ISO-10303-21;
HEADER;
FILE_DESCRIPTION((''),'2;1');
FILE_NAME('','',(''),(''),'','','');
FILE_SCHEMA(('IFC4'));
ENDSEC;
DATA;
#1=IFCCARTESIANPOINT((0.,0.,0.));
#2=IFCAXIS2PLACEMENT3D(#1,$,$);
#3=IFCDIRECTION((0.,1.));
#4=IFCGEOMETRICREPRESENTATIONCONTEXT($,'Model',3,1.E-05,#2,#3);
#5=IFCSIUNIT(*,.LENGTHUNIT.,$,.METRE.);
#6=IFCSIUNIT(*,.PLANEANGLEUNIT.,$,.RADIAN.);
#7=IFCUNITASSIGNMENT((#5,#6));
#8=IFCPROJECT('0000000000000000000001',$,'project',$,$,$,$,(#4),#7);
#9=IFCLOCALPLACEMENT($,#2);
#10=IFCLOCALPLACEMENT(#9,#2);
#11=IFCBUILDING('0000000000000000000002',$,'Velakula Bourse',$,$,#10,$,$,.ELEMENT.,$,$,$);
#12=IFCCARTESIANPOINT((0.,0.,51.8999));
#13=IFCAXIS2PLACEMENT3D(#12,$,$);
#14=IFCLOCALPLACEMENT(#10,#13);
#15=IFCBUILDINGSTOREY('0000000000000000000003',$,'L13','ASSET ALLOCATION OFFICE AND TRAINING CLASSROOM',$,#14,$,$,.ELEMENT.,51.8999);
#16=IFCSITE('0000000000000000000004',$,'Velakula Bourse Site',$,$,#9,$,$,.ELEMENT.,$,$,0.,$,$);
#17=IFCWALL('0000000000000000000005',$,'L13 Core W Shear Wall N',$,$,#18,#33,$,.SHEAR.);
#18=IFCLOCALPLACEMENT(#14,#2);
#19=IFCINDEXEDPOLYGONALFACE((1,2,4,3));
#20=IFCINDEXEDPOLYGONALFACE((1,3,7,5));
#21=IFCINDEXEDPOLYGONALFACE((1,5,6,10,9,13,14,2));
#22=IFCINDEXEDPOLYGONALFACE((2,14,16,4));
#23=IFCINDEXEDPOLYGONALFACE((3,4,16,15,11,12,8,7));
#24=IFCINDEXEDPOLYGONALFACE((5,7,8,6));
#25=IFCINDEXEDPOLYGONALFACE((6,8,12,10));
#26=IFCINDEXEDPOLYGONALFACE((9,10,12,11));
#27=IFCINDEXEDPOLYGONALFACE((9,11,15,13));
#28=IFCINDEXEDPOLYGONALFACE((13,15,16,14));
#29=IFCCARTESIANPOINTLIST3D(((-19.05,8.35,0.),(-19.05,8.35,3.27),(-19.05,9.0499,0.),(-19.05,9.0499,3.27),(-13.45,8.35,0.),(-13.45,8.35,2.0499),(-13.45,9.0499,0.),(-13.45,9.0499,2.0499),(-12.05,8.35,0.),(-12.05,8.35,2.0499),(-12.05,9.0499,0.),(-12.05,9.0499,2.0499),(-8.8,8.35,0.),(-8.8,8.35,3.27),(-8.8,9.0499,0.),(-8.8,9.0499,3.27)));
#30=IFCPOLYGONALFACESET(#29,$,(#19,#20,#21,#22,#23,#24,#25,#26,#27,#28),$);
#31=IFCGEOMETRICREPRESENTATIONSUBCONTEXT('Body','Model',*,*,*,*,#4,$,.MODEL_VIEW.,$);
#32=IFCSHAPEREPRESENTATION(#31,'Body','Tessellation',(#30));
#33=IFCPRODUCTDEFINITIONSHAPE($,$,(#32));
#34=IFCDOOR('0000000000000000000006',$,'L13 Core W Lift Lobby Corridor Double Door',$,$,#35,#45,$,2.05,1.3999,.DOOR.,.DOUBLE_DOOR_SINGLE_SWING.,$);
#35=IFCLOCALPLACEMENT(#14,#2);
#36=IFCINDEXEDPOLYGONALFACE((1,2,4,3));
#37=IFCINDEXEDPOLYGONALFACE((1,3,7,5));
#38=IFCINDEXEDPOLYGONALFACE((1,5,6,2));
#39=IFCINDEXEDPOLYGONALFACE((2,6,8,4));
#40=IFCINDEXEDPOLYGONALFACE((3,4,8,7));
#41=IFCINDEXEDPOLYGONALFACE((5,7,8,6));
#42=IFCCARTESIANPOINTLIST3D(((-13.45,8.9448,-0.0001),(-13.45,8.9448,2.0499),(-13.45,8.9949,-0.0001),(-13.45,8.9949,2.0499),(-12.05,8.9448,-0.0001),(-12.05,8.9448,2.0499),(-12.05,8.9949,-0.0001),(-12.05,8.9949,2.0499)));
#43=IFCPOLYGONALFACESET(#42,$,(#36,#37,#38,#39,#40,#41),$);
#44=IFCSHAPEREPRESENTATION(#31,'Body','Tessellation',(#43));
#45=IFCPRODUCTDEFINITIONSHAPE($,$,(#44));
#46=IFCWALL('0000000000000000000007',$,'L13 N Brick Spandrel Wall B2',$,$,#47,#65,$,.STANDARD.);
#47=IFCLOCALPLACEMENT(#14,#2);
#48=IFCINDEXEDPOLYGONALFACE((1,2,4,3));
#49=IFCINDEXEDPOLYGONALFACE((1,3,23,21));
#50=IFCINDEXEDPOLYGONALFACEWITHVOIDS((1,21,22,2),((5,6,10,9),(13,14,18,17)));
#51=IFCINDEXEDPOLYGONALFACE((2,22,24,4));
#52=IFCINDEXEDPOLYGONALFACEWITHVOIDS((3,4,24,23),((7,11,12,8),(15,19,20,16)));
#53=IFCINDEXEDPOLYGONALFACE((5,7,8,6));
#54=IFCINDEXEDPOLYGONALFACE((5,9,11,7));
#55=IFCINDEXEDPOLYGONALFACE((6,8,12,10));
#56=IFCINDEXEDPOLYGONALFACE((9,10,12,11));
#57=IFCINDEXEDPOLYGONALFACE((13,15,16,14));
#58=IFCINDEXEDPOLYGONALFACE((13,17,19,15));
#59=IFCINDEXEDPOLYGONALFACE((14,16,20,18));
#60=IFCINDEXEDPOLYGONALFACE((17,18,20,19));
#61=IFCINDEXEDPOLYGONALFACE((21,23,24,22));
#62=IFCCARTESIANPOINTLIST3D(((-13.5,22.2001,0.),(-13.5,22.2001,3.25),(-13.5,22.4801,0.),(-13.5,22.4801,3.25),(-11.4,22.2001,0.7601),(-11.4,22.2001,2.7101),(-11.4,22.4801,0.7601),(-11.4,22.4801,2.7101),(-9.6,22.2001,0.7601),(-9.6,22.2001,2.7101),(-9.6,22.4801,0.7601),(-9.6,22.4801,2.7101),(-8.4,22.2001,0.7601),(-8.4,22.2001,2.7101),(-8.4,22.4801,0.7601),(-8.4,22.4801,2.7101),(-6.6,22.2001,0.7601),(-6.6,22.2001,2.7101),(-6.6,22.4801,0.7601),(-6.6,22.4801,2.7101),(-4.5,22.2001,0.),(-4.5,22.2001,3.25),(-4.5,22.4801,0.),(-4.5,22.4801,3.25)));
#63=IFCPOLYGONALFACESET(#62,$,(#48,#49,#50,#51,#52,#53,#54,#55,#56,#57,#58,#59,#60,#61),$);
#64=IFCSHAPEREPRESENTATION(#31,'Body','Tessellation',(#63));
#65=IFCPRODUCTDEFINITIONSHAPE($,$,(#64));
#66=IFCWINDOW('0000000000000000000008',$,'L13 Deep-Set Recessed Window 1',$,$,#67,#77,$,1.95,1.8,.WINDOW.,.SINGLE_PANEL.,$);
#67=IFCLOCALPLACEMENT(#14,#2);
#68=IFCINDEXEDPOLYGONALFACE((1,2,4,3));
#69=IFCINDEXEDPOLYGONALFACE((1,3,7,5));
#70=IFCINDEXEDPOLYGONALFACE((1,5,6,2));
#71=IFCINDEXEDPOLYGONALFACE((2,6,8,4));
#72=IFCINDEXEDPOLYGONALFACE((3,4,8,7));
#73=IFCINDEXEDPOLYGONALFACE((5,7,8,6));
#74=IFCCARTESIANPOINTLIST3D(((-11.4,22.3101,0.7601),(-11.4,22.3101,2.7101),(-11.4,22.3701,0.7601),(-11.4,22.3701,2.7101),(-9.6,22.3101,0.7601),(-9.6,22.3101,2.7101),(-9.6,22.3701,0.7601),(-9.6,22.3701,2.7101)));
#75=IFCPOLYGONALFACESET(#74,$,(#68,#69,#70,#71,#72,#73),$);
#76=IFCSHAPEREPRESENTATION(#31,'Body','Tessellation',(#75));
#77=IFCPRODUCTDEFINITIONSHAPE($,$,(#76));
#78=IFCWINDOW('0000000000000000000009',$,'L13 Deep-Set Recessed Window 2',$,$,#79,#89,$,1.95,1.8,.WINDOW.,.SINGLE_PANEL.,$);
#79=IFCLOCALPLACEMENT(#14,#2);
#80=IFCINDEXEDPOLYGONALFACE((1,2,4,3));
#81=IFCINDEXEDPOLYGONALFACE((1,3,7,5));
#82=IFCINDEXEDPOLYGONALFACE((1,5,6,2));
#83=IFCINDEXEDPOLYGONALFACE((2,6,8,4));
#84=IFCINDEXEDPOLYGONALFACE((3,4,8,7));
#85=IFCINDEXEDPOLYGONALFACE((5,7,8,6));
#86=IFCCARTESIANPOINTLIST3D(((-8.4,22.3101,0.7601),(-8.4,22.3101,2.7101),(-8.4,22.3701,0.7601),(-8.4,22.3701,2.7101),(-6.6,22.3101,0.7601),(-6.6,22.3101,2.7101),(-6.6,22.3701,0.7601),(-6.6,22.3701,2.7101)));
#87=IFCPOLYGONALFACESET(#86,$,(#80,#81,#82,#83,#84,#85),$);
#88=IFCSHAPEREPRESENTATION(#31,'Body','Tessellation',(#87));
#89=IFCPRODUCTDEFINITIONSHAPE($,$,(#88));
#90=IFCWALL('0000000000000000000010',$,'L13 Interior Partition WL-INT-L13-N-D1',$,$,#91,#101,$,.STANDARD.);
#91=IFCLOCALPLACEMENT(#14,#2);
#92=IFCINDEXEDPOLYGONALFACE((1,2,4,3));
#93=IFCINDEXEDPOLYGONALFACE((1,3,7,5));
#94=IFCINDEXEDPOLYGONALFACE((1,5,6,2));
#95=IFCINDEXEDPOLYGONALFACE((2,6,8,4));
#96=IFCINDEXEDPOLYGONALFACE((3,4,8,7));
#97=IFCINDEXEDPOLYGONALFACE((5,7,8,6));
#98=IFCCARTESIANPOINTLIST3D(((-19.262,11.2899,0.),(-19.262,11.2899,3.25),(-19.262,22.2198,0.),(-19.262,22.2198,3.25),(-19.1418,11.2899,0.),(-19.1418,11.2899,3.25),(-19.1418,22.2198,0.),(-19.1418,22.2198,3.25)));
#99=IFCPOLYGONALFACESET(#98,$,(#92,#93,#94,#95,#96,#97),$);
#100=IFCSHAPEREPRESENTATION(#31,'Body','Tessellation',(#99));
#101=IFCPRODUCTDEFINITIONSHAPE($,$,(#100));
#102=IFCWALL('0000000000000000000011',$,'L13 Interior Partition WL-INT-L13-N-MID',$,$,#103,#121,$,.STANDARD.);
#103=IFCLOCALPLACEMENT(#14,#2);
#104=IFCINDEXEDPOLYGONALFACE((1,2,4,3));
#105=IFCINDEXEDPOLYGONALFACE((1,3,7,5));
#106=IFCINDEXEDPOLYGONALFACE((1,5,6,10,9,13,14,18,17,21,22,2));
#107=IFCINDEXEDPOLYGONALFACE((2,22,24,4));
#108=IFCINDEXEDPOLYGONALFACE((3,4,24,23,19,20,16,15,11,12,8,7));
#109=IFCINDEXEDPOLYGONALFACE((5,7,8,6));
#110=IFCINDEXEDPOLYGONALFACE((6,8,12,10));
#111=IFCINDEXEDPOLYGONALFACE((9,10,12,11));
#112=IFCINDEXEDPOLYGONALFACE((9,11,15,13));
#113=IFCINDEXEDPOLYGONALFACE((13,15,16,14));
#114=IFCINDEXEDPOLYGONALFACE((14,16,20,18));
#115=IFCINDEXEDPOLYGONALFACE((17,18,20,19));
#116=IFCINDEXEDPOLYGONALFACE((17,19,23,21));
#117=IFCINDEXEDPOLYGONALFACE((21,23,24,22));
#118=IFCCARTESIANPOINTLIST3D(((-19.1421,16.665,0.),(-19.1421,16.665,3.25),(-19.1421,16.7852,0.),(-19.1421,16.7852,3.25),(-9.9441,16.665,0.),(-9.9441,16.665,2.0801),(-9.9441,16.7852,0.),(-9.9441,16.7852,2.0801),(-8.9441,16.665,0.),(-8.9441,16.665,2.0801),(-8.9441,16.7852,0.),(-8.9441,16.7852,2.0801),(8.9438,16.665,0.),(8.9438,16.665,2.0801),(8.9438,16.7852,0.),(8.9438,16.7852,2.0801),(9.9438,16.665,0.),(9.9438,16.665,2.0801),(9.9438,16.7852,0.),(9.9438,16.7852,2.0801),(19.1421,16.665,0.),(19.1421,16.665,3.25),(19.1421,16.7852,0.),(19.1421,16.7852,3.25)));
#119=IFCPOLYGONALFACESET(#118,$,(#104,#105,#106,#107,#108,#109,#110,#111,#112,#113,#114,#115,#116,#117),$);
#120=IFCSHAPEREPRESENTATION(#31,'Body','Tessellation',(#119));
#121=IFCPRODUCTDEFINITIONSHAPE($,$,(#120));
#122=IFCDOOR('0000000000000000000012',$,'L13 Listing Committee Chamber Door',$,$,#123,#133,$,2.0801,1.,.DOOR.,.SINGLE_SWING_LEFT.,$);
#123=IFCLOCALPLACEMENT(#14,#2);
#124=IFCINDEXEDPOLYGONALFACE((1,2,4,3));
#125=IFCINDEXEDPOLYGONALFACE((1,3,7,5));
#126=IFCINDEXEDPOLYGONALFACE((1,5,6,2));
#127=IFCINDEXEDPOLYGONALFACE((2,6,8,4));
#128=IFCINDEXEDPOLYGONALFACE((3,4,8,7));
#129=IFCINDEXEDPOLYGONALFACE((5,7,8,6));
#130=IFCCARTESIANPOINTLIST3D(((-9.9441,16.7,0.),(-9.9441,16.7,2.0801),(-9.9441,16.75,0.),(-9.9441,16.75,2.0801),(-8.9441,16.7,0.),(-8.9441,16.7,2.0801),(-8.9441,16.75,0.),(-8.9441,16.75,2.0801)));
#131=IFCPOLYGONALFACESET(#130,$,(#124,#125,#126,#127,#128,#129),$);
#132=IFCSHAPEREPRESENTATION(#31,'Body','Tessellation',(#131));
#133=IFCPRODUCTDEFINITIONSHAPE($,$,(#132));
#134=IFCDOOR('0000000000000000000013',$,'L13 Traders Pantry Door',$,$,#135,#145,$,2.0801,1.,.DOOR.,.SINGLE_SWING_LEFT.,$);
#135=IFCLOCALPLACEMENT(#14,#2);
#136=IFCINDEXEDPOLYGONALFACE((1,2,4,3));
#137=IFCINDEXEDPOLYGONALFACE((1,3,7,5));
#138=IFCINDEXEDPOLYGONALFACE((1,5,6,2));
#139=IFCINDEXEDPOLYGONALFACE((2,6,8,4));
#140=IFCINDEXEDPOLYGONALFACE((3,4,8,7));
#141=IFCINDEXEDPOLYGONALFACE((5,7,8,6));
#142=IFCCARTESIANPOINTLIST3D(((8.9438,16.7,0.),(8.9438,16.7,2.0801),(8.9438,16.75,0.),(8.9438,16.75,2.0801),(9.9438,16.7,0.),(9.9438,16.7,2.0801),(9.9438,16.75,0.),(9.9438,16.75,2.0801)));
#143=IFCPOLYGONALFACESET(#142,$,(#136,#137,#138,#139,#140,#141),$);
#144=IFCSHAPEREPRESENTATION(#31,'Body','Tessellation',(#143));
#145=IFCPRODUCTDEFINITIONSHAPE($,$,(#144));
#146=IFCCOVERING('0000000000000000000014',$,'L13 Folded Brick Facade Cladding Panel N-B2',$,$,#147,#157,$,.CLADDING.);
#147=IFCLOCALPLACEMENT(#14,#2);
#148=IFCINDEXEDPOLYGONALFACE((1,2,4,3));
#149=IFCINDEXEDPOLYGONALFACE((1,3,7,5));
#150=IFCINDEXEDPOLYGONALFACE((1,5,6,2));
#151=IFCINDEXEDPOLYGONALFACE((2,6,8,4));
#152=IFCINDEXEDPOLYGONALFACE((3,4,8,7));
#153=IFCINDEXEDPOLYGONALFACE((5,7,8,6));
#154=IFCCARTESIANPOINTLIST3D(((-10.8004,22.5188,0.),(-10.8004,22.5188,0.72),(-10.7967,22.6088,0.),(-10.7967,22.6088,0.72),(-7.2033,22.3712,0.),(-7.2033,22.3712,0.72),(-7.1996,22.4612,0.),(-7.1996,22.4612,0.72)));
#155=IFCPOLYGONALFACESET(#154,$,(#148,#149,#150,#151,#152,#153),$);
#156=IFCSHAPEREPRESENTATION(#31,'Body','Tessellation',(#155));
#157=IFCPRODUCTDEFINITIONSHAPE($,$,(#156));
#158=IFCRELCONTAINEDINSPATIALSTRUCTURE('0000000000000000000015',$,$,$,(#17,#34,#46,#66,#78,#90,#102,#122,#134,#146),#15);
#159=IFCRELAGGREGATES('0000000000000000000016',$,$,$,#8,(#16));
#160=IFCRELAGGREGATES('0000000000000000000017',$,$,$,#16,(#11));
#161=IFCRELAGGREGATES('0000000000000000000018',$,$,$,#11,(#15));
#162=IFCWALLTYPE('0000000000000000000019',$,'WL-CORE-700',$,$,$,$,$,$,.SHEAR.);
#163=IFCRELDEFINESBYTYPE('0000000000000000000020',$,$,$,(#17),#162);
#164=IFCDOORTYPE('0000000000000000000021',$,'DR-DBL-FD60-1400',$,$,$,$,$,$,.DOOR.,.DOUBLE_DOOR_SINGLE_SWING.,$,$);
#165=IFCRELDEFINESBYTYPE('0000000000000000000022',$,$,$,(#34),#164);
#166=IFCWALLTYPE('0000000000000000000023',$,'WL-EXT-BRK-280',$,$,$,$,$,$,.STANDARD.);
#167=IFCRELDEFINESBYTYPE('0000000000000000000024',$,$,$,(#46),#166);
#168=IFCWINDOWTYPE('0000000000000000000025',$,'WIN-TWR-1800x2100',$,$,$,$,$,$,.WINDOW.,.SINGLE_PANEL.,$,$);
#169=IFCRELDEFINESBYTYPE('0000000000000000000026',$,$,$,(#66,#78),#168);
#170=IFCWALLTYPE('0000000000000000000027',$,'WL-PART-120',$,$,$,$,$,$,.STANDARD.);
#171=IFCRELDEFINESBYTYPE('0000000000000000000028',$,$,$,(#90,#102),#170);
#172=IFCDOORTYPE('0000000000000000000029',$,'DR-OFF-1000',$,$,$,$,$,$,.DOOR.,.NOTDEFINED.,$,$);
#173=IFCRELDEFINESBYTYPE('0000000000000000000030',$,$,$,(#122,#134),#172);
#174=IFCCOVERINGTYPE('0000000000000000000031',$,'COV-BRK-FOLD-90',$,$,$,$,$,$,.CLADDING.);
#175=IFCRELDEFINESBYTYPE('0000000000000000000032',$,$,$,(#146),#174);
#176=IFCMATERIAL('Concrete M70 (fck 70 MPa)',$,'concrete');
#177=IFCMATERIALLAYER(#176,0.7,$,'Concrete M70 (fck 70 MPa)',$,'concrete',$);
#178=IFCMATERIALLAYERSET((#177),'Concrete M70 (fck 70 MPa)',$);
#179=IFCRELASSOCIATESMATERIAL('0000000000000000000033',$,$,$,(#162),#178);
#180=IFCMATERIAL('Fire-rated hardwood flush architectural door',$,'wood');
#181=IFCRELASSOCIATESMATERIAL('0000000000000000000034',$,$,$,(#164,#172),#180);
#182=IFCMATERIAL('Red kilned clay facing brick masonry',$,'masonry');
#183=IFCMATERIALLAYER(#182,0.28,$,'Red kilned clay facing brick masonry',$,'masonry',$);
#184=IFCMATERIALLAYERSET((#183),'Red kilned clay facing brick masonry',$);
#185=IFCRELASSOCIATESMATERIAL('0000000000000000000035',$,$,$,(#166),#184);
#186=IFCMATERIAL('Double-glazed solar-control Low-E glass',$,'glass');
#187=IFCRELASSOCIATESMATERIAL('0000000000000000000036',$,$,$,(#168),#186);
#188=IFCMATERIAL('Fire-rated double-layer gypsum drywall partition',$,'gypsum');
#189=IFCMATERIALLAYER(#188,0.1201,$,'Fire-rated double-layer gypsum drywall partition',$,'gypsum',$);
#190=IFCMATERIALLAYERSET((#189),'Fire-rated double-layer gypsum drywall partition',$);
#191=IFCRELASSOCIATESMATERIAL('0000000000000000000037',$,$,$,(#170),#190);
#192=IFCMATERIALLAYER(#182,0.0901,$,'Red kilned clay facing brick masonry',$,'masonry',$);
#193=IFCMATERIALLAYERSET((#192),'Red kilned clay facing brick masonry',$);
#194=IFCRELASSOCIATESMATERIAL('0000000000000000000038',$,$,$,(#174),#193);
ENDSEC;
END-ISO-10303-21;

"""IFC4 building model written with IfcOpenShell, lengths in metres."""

from ifc_helpers import new_model, si_unit, direction, frame, frame_2d, origin, origin_2d, place, context, subcontext, project, spatial, rectangle, extrude, material, layer, layer_set, type_object, element, fill, save


model = new_model("IFC4")

# Units and contexts
model_context = context("Model", 3, precision=1e-05, world=origin(), true_north=direction((0.0, 1.0)))
body_context = subcontext(model_context, "Body", "Model", "MODEL_VIEW")
ifc_project = project(units=[si_unit("LENGTHUNIT", "METRE"), si_unit("PLANEANGLEUNIT", "RADIAN")], contexts=[model_context])

# Site, building, storey
site_placement = place(None, origin())
site = spatial("IfcSite", under=ifc_project, at=site_placement, Name="Velakula Bourse Site", CompositionType="ELEMENT", RefElevation=0.0)
building_placement = place(site_placement, origin())
building = spatial("IfcBuilding", under=site, at=building_placement, Name="Velakula Bourse", CompositionType="ELEMENT")
storey_placement = place(building_placement, frame((0.0, 0.0, 51.8999)))
storey = spatial("IfcBuildingStorey", under=building, at=storey_placement, Name="L13", Description="ASSET ALLOCATION OFFICE AND TRAINING CLASSROOM", CompositionType="ELEMENT", Elevation=51.8999)

# Wall, opening, door
ifc_material_1 = material(Name="Concrete M70 (fck 70 MPa)", Category="concrete")
ifc_layer_1 = layer(ifc_material_1, 0.7, Name="Concrete M70 (fck 70 MPa)", Category="concrete")
ifc_layer_set_1 = layer_set([ifc_layer_1], Name="Concrete M70 (fck 70 MPa)")
wall_type_1 = type_object("IfcWallType", Name="WL-CORE-700", PredefinedType="SHEAR", material=ifc_layer_set_1)
wall_1_placement = place(storey_placement, frame((-19.05, 8.7, 0.0), z_axis=(0.0, 0.0, 1.0), x_axis=(1.0, 0.0, 0.0)))
wall_1 = element("IfcWall", 1, at=wall_1_placement, inside=storey, type_object=wall_type_1, Name="L13 Core W Shear Wall N", PredefinedType="SHEAR", context=body_context, shape_type="SweptSolid", body=[
    extrude(rectangle(XDim=10.25, YDim=0.7, at=frame_2d((5.125, 0.0))), origin(), (0.0, 0.0, 1.0), 3.27),
])
opening_1_placement = place(wall_1_placement, frame((5.6001, 0.0, 0.0)))
opening_1 = element("IfcOpeningElement", 2, at=opening_1_placement, cuts=wall_1, PredefinedType="OPENING", context=body_context, shape_type="SweptSolid", body=[
    extrude(rectangle(XDim=1.3999, YDim=2.05, at=frame_2d((0.7, 1.0249))), frame((0.0, 0.3599, 0.0), z_axis=(0.0, -1.0, 0.0), x_axis=(1.0, 0.0, 0.0)), (0.0, 0.0, 1.0), 0.72),
])
ifc_material_2 = material(Name="Fire-rated hardwood flush architectural door", Category="wood")
door_type_1 = type_object("IfcDoorType", Name="DR-DBL-FD60-1400", OperationType="DOUBLE_DOOR_SINGLE_SWING", PredefinedType="DOOR", material=ifc_material_2)
door_1_placement = place(opening_1_placement, origin())
door_1 = element("IfcDoor", 3, at=door_1_placement, inside=storey, type_object=door_type_1, Name="L13 Core W Lift Lobby Corridor Double Door", OperationType="DOUBLE_DOOR_SINGLE_SWING", OverallHeight=2.05, OverallWidth=1.3999, PredefinedType="DOOR", context=body_context, shape_type="SweptSolid", body=[
    extrude(rectangle(XDim=1.3999, YDim=2.05, at=frame_2d((0.7, 1.0249))), frame((0.0, 0.2949, 0.0), z_axis=(0.0, -1.0, 0.0), x_axis=(1.0, 0.0, 0.0)), (0.0, 0.0, 1.0), 0.05),
])
fill(opening_1, door_1)

# Wall, openings, windows
ifc_material_3 = material(Name="Red kilned clay facing brick masonry", Category="masonry")
ifc_layer_2 = layer(ifc_material_3, 0.28, Name="Red kilned clay facing brick masonry", Category="masonry")
ifc_layer_set_2 = layer_set([ifc_layer_2], Name="Red kilned clay facing brick masonry")
wall_type_2 = type_object("IfcWallType", Name="WL-EXT-BRK-280", PredefinedType="STANDARD", material=ifc_layer_set_2)
wall_2_placement = place(storey_placement, frame((-13.5, 22.3401, 0.0), z_axis=(0.0, 0.0, 1.0), x_axis=(1.0, 0.0, 0.0)))
wall_2 = element("IfcWall", 4, at=wall_2_placement, inside=storey, type_object=wall_type_2, Name="L13 N Brick Spandrel Wall B2", PredefinedType="STANDARD", context=body_context, shape_type="SweptSolid", body=[
    extrude(rectangle(XDim=9.0, YDim=0.28, at=frame_2d((4.5, 0.0))), origin(), (0.0, 0.0, 1.0), 3.25),
])
opening_2_placement = place(wall_2_placement, frame((2.1001, 0.0, 0.76)))
opening_2 = element("IfcOpeningElement", 5, at=opening_2_placement, cuts=wall_2, PredefinedType="OPENING", context=body_context, shape_type="SweptSolid", body=[
    extrude(rectangle(XDim=1.8, YDim=1.95, at=frame_2d((0.8999, 0.9751))), frame((0.0, 0.1499, 0.0), z_axis=(0.0, -1.0, 0.0), x_axis=(1.0, 0.0, 0.0)), (0.0, 0.0, 1.0), 0.3),
])
opening_3_placement = place(wall_2_placement, frame((5.1001, 0.0, 0.76)))
opening_3 = element("IfcOpeningElement", 6, at=opening_3_placement, cuts=wall_2, PredefinedType="OPENING", context=body_context, shape_type="SweptSolid", body=[
    extrude(rectangle(XDim=1.8, YDim=1.95, at=frame_2d((0.8999, 0.9751))), frame((0.0, 0.1499, 0.0), z_axis=(0.0, -1.0, 0.0), x_axis=(1.0, 0.0, 0.0)), (0.0, 0.0, 1.0), 0.3),
])
ifc_material_4 = material(Name="Double-glazed solar-control Low-E glass", Category="glass")
window_type = type_object("IfcWindowType", Name="WIN-TWR-1800x2100", PartitioningType="SINGLE_PANEL", PredefinedType="WINDOW", material=ifc_material_4)
window_1_placement = place(opening_2_placement, origin())
window_1 = element("IfcWindow", 7, at=window_1_placement, inside=storey, type_object=window_type, Name="L13 Deep-Set Recessed Window 1", OverallHeight=1.95, OverallWidth=1.8, PartitioningType="SINGLE_PANEL", PredefinedType="WINDOW", context=body_context, shape_type="SweptSolid", body=[
    extrude(rectangle(XDim=1.8, YDim=1.95, at=frame_2d((0.8999, 0.9751))), frame((0.0, 0.03, 0.0), z_axis=(0.0, -1.0, 0.0), x_axis=(1.0, 0.0, 0.0)), (0.0, 0.0, 1.0), 0.0601),
])
fill(opening_2, window_1)
window_2_placement = place(opening_3_placement, origin())
window_2 = element("IfcWindow", 8, at=window_2_placement, inside=storey, type_object=window_type, Name="L13 Deep-Set Recessed Window 2", OverallHeight=1.95, OverallWidth=1.8, PartitioningType="SINGLE_PANEL", PredefinedType="WINDOW", context=body_context, shape_type="SweptSolid", body=[
    extrude(rectangle(XDim=1.8, YDim=1.95, at=frame_2d((0.8999, 0.9751))), frame((0.0, 0.03, 0.0), z_axis=(0.0, -1.0, 0.0), x_axis=(1.0, 0.0, 0.0)), (0.0, 0.0, 1.0), 0.0601),
])
fill(opening_3, window_2)

# Wall
ifc_material_5 = material(Name="Fire-rated double-layer gypsum drywall partition", Category="gypsum")
ifc_layer_3 = layer(ifc_material_5, 0.1201, Name="Fire-rated double-layer gypsum drywall partition", Category="gypsum")
ifc_layer_set_3 = layer_set([ifc_layer_3], Name="Fire-rated double-layer gypsum drywall partition")
wall_type_3 = type_object("IfcWallType", Name="WL-PART-120", PredefinedType="STANDARD", material=ifc_layer_set_3)
wall_3_placement = place(storey_placement, frame((-19.2019, 11.29, 0.0), z_axis=(0.0, 0.0, 1.0), x_axis=(0.0, 1.0, 0.0)))
element("IfcWall", 9, at=wall_3_placement, inside=storey, type_object=wall_type_3, Name="L13 Interior Partition WL-INT-L13-N-D1", PredefinedType="STANDARD", context=body_context, shape_type="SweptSolid", body=[
    extrude(rectangle(XDim=10.9299, YDim=0.1201, at=frame_2d((5.4648, 0.0))), origin(), (0.0, 0.0, 1.0), 3.25),
])

# Wall, openings, doors
wall_4_placement = place(storey_placement, frame((-19.1421, 16.7251, 0.0), z_axis=(0.0, 0.0, 1.0), x_axis=(1.0, 0.0, 0.0)))
wall_4 = element("IfcWall", 10, at=wall_4_placement, inside=storey, type_object=wall_type_3, Name="L13 Interior Partition WL-INT-L13-N-MID", PredefinedType="STANDARD", context=body_context, shape_type="SweptSolid", body=[
    extrude(rectangle(XDim=38.2842, YDim=0.1201, at=frame_2d((19.1421, 0.0))), origin(), (0.0, 0.0, 1.0), 3.25),
])
opening_4_placement = place(wall_4_placement, frame((9.198, 0.0, 0.0)))
opening_4 = element("IfcOpeningElement", 11, at=opening_4_placement, cuts=wall_4, PredefinedType="OPENING", context=body_context, shape_type="SweptSolid", body=[
    extrude(rectangle(XDim=1.0, YDim=2.0801, at=frame_2d((0.5, 1.04))), frame((0.0, 0.0701, 0.0), z_axis=(0.0, -1.0, 0.0), x_axis=(1.0, 0.0, 0.0)), (0.0, 0.0, 1.0), 0.1401),
])
opening_5_placement = place(wall_4_placement, frame((28.0859, 0.0, 0.0)))
opening_5 = element("IfcOpeningElement", 12, at=opening_5_placement, cuts=wall_4, PredefinedType="OPENING", context=body_context, shape_type="SweptSolid", body=[
    extrude(rectangle(XDim=1.0, YDim=2.0801, at=frame_2d((0.5, 1.04))), frame((0.0, 0.0701, 0.0), z_axis=(0.0, -1.0, 0.0), x_axis=(1.0, 0.0, 0.0)), (0.0, 0.0, 1.0), 0.1401),
])
door_type_2 = type_object("IfcDoorType", Name="DR-OFF-1000", OperationType="NOTDEFINED", PredefinedType="DOOR", material=ifc_material_2)
door_2_placement = place(opening_4_placement, origin())
door_2 = element("IfcDoor", 13, at=door_2_placement, inside=storey, type_object=door_type_2, Name="L13 Listing Committee Chamber Door", OperationType="SINGLE_SWING_LEFT", OverallHeight=2.0801, OverallWidth=1.0, PredefinedType="DOOR", context=body_context, shape_type="SweptSolid", body=[
    extrude(rectangle(XDim=1.0, YDim=2.0801, at=frame_2d((0.5, 1.04))), frame((0.0, 0.0249, 0.0), z_axis=(0.0, -1.0, 0.0), x_axis=(1.0, 0.0, 0.0)), (0.0, 0.0, 1.0), 0.05),
])
fill(opening_4, door_2)
door_3_placement = place(opening_5_placement, origin())
door_3 = element("IfcDoor", 14, at=door_3_placement, inside=storey, type_object=door_type_2, Name="L13 Traders Pantry Door", OperationType="SINGLE_SWING_LEFT", OverallHeight=2.0801, OverallWidth=1.0, PredefinedType="DOOR", context=body_context, shape_type="SweptSolid", body=[
    extrude(rectangle(XDim=1.0, YDim=2.0801, at=frame_2d((0.5, 1.04))), frame((0.0, 0.0249, 0.0), z_axis=(0.0, -1.0, 0.0), x_axis=(1.0, 0.0, 0.0)), (0.0, 0.0, 1.0), 0.05),
])
fill(opening_5, door_3)

# Covering
ifc_layer_4 = layer(ifc_material_3, 0.0901, Name="Red kilned clay facing brick masonry", Category="masonry")
ifc_layer_set_4 = layer_set([ifc_layer_4], Name="Red kilned clay facing brick masonry")
covering_type = type_object("IfcCoveringType", Name="COV-BRK-FOLD-90", PredefinedType="CLADDING", material=ifc_layer_set_4)
covering_placement = place(storey_placement, frame((-9.0, 22.49, 0.0), z_axis=(0.0, 0.0, 1.0), x_axis=(0.999159, -0.041004, 0.0)))
element("IfcCovering", 15, at=covering_placement, inside=storey, type_object=covering_type, Name="L13 Folded Brick Facade Cladding Panel N-B2", PredefinedType="CLADDING", context=body_context, shape_type="SweptSolid", body=[
    extrude(rectangle(XDim=3.6001, YDim=0.0901, at=origin_2d()), origin(), (0.0, 0.0, 1.0), 0.72),
])

save(model, "model.ifc")
